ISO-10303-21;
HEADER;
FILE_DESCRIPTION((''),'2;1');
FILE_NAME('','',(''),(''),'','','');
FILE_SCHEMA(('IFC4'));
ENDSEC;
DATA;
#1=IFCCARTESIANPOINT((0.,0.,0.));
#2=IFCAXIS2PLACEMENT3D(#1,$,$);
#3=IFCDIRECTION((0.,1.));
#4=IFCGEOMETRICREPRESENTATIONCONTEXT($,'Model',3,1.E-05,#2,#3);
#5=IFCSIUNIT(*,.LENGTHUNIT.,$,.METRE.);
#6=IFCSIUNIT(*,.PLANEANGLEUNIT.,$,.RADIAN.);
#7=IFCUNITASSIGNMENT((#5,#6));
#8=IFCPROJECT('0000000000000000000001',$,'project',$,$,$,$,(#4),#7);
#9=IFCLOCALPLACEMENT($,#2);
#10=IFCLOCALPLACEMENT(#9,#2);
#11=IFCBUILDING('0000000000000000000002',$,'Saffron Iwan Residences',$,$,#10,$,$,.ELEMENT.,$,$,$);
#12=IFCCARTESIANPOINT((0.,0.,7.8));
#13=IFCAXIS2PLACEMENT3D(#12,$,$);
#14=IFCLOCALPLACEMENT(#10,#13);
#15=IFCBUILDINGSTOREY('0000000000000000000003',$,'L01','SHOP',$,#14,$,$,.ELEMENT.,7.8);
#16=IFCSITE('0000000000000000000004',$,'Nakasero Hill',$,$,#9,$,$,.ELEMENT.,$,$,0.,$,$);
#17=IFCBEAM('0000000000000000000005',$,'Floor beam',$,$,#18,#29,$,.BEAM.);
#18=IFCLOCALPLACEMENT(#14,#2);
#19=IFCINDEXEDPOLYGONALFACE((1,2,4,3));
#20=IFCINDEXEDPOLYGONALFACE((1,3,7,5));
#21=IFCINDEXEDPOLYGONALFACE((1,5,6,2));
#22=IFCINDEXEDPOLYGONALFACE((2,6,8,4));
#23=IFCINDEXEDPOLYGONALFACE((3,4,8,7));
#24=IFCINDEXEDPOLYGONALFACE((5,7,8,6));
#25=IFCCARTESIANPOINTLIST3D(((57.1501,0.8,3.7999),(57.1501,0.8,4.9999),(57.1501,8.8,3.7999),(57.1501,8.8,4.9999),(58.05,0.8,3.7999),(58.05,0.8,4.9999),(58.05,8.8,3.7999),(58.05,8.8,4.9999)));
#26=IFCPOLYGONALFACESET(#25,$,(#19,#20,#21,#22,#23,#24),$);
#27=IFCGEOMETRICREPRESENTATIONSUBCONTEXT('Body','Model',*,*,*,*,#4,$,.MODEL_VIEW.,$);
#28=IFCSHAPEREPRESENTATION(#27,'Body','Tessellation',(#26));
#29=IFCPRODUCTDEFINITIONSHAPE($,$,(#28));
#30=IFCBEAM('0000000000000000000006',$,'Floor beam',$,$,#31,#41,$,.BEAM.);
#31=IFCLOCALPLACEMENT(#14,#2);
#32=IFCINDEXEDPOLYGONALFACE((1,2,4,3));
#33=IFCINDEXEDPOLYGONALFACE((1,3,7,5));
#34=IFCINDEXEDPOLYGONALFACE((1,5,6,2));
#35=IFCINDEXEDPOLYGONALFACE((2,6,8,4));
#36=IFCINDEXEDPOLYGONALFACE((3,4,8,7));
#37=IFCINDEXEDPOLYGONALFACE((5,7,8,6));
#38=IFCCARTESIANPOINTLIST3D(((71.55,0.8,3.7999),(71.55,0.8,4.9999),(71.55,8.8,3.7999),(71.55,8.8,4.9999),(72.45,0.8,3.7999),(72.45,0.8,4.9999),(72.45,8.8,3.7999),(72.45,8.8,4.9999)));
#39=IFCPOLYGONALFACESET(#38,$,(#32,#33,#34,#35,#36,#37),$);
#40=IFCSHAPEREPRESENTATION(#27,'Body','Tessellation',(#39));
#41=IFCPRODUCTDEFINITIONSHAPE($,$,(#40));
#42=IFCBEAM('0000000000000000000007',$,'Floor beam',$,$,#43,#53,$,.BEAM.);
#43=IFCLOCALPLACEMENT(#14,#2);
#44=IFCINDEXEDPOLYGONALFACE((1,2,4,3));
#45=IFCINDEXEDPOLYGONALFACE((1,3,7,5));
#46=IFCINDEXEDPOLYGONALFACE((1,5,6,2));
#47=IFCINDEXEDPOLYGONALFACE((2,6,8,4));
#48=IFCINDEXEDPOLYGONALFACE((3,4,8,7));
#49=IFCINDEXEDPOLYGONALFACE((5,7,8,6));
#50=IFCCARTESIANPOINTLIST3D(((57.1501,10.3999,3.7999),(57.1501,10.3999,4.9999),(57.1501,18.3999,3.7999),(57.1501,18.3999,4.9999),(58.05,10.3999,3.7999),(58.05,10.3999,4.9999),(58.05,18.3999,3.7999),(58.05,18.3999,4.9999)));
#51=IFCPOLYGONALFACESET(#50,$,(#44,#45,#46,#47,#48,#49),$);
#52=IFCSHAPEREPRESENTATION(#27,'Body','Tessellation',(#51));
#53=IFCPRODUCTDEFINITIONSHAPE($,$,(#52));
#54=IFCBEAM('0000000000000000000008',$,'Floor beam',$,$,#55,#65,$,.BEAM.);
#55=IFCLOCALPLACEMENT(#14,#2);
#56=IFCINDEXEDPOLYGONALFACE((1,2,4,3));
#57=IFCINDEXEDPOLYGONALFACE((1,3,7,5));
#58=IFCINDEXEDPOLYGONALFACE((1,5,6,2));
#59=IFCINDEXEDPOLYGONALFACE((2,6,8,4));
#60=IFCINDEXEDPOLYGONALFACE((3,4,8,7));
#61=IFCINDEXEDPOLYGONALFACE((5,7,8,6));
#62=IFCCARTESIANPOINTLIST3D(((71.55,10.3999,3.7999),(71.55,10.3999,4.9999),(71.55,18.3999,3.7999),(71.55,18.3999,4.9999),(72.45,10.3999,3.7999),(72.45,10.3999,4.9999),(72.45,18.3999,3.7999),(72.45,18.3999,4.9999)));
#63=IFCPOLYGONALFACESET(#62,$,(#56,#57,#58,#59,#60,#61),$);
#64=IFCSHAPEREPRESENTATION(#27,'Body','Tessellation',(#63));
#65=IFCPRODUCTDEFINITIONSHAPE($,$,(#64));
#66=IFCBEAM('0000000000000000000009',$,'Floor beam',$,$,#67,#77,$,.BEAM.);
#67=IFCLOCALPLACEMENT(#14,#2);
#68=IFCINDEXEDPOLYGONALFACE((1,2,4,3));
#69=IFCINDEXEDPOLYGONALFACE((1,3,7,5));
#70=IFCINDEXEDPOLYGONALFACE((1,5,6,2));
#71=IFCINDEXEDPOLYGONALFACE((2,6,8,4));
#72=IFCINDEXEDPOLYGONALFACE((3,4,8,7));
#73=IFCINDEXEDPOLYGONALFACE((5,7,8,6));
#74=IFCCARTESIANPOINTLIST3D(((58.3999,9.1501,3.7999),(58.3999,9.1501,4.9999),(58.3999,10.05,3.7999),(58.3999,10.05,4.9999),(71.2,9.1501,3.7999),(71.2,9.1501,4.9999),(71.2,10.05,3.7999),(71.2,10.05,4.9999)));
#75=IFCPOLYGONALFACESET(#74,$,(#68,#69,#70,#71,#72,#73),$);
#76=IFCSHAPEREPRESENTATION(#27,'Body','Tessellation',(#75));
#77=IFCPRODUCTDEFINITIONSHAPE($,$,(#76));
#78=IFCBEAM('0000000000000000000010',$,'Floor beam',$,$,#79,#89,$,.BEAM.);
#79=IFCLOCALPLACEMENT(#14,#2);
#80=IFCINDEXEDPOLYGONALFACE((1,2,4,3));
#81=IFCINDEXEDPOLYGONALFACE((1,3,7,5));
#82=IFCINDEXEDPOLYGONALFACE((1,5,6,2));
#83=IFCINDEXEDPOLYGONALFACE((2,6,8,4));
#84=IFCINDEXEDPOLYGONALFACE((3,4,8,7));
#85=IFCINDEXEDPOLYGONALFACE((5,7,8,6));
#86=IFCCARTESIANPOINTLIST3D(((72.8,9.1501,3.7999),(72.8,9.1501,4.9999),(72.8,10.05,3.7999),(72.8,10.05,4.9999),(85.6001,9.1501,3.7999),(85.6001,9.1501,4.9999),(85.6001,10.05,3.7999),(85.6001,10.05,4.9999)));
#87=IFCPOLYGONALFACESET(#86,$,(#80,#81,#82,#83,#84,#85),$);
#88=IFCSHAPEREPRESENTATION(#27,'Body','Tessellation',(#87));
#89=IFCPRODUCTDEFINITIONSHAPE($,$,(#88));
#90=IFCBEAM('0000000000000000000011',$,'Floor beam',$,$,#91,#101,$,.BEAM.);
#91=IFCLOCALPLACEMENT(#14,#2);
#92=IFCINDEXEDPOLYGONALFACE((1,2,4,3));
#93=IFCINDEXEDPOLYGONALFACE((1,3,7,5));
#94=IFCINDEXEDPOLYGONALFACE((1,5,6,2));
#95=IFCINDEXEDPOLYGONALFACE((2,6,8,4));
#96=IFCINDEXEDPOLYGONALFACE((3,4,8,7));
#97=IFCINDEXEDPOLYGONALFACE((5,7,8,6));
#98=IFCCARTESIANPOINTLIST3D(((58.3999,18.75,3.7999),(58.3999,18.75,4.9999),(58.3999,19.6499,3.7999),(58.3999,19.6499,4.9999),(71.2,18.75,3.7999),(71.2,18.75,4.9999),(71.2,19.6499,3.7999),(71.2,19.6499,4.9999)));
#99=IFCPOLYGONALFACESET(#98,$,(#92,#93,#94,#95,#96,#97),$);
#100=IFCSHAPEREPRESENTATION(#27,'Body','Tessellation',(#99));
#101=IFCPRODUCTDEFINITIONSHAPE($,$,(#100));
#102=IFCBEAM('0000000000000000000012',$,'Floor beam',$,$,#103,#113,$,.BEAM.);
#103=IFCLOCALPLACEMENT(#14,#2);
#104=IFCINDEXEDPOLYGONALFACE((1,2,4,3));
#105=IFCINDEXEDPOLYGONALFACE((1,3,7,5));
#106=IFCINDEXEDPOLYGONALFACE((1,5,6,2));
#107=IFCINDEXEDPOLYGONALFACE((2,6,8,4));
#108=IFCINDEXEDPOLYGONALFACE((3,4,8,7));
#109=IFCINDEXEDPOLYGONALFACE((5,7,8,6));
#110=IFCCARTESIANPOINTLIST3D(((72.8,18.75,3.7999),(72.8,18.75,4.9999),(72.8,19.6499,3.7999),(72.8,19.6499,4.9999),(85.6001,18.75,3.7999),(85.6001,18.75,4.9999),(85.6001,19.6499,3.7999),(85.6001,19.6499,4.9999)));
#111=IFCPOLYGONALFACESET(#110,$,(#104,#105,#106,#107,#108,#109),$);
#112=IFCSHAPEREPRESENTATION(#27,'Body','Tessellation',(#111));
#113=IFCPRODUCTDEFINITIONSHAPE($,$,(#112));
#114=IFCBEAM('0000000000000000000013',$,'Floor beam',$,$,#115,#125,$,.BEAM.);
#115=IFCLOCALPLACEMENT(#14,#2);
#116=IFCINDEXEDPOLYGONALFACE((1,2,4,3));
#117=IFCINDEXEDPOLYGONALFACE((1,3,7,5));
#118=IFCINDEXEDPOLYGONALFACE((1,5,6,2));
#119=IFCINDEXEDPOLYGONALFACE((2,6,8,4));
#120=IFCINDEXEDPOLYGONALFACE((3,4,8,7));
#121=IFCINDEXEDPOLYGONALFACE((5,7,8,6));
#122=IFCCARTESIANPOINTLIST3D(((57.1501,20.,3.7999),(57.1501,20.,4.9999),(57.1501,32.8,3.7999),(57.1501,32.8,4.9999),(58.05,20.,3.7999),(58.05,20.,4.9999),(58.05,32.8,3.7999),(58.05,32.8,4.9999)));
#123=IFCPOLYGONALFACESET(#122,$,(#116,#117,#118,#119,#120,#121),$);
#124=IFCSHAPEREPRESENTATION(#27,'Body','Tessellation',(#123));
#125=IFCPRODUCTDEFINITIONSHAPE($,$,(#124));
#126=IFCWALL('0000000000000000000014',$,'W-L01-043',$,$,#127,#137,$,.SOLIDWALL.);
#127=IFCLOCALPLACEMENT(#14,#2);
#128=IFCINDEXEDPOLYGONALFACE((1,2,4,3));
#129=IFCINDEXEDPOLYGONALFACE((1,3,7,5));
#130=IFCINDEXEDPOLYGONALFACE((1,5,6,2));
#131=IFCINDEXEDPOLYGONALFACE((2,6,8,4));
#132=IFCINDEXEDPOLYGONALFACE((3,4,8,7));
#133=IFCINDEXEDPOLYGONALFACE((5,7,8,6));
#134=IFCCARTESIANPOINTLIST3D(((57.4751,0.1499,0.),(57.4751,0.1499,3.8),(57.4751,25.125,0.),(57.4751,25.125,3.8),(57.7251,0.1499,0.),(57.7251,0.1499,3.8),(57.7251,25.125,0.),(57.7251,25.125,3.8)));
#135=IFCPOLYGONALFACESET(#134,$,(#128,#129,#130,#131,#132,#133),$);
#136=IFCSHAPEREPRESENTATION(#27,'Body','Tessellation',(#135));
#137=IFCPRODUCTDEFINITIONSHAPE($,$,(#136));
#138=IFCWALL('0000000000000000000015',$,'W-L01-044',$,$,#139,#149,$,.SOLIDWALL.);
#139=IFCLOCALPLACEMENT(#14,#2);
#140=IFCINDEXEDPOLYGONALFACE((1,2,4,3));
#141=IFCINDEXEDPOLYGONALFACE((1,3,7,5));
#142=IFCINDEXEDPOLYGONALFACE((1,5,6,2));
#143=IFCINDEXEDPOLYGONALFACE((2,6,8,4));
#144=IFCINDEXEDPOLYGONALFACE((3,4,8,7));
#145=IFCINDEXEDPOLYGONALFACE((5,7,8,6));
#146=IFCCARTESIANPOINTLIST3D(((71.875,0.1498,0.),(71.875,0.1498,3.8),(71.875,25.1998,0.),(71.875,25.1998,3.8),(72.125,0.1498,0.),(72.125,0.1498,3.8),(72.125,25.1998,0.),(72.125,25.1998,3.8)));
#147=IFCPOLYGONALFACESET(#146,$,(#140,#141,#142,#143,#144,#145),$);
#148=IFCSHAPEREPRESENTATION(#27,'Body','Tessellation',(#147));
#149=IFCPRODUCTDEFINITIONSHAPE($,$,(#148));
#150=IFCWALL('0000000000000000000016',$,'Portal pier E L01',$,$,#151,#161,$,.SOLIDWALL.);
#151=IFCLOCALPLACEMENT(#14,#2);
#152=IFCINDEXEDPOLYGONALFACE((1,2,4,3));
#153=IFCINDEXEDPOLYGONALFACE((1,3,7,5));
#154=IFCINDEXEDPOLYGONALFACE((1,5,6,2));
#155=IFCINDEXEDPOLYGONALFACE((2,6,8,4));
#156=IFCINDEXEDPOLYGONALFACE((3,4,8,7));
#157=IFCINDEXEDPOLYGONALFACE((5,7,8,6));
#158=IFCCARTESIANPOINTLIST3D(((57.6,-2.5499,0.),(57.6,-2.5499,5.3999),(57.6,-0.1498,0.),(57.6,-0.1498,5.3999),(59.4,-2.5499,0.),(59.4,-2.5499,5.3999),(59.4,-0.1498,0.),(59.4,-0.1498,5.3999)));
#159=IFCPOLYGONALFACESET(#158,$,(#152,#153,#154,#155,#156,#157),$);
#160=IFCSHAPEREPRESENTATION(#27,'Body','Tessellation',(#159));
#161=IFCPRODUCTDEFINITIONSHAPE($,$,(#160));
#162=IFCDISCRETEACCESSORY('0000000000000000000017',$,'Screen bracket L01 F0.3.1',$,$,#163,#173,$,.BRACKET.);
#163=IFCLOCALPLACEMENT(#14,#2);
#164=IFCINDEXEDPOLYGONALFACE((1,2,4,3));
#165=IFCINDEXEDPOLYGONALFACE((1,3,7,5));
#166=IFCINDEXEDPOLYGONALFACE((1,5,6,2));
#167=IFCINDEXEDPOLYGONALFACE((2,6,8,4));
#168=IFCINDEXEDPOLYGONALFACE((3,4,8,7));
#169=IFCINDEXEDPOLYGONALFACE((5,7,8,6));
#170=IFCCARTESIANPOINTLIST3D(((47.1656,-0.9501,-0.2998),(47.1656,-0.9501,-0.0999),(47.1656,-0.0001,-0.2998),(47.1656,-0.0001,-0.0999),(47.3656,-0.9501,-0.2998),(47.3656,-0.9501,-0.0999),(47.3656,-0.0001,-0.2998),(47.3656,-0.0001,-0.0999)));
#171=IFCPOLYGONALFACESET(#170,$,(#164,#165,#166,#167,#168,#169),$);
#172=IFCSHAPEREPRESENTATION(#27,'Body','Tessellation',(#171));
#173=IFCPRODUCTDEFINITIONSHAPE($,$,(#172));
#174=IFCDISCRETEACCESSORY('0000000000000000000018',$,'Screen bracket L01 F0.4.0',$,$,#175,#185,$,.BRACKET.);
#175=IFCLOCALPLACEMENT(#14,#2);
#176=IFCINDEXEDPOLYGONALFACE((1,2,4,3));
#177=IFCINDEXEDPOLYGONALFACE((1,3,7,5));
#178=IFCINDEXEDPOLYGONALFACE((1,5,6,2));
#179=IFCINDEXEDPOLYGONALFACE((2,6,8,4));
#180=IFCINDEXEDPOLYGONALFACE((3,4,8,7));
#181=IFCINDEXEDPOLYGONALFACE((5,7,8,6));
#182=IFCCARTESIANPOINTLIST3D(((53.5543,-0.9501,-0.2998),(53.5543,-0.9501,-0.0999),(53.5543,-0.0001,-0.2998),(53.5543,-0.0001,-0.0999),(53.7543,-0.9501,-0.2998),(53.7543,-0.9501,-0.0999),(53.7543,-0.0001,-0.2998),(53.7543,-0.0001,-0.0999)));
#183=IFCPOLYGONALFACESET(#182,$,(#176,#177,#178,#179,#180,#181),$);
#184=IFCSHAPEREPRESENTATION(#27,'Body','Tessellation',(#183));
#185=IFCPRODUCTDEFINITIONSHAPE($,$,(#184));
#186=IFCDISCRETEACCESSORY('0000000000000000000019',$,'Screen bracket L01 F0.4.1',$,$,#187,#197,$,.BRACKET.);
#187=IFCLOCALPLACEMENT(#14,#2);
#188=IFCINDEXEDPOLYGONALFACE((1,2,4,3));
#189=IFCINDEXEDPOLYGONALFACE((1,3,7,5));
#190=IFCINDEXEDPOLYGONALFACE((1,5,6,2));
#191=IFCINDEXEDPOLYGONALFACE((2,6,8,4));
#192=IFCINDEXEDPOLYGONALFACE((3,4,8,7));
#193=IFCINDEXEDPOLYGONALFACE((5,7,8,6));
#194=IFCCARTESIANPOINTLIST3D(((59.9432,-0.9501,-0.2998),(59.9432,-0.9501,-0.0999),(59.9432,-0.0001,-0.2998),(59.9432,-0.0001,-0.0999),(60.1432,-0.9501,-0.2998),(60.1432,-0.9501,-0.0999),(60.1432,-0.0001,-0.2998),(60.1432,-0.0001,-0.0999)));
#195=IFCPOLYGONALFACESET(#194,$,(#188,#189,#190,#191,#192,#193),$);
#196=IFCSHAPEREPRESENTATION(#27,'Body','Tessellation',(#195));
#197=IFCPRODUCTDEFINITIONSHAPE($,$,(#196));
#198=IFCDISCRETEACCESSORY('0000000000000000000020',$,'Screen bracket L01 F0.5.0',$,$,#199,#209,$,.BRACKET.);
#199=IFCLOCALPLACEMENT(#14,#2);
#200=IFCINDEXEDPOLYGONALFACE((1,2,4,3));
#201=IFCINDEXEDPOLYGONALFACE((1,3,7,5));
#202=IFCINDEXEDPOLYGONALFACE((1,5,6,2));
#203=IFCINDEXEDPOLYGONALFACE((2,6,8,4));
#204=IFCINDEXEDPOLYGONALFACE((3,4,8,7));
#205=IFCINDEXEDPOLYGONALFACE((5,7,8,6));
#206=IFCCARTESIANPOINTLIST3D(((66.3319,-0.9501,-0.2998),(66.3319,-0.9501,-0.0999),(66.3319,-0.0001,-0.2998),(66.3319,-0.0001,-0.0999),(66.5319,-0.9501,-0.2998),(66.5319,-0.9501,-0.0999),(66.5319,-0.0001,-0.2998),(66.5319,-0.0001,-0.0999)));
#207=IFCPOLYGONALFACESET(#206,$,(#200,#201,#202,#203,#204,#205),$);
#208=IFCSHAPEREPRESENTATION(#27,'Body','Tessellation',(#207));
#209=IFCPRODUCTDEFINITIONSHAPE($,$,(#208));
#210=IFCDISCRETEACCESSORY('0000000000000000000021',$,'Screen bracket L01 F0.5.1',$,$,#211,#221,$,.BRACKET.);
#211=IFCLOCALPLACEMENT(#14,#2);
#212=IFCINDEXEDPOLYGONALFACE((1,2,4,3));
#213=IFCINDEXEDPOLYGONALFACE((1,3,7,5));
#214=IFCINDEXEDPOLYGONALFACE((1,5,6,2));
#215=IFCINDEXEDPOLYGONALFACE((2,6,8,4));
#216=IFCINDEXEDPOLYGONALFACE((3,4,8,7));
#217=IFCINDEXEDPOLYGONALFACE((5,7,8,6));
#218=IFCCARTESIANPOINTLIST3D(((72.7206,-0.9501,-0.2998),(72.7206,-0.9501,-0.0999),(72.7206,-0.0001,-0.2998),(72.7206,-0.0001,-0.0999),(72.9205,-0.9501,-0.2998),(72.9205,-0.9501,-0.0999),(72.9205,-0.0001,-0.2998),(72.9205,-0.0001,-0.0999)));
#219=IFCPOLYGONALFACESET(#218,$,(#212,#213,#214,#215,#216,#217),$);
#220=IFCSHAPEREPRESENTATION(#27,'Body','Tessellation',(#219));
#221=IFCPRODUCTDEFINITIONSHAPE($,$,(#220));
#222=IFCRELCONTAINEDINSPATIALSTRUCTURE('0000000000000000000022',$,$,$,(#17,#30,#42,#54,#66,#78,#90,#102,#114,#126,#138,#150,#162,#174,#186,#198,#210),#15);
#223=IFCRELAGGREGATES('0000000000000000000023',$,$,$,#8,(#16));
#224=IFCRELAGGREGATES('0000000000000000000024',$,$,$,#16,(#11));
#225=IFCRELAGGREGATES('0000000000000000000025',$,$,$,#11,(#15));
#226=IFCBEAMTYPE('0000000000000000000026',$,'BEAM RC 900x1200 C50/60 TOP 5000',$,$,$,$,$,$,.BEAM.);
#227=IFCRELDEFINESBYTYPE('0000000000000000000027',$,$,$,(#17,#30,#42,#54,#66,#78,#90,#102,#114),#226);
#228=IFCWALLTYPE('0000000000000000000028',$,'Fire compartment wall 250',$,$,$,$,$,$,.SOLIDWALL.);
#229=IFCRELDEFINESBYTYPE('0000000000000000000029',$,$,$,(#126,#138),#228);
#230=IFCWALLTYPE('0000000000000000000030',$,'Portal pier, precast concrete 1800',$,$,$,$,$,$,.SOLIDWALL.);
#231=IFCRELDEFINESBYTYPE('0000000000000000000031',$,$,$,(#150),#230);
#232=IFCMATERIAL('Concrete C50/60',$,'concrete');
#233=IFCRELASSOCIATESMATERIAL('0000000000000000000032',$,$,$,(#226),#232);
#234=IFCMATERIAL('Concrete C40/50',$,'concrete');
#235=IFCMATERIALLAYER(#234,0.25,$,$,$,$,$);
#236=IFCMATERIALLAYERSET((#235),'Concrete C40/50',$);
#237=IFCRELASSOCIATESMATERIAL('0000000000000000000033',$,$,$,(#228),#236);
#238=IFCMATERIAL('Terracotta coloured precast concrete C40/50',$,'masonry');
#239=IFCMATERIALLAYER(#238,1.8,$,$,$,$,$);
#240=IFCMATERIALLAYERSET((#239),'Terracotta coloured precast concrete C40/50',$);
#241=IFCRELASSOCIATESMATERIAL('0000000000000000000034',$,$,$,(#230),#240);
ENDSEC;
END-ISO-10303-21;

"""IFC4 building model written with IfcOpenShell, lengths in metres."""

from ifc_helpers import new_model, si_unit, direction, frame, frame_2d, origin, origin_2d, place, context, subcontext, project, spatial, rectangle, extrude, source, transform, mapped, material, layer, layer_set, material_profile, profile_set, type_object, element, save


model = new_model("IFC4")

# Units and contexts
model_context = context("Model", 3, precision=1e-05, world=origin(), true_north=direction((0.0, 1.0)))
body_context = subcontext(model_context, "Body", "Model", "MODEL_VIEW")
ifc_project = project(units=[si_unit("LENGTHUNIT", "METRE"), si_unit("PLANEANGLEUNIT", "RADIAN")], contexts=[model_context])

# Site, building, storey
site_placement = place(None, origin())
site = spatial("IfcSite", under=ifc_project, at=site_placement, Name="Nakasero Hill", CompositionType="ELEMENT", RefElevation=0.0)
building_placement = place(site_placement, origin())
building = spatial("IfcBuilding", under=site, at=building_placement, Name="Saffron Iwan Residences", CompositionType="ELEMENT")
storey_placement = place(building_placement, frame((0.0, 0.0, 7.8)))
storey = spatial("IfcBuildingStorey", under=building, at=storey_placement, Name="L01", Description="SHOP", CompositionType="ELEMENT", Elevation=7.8)

# Shared definitions
ifc_material_1 = material(Name="Concrete C50/60", Category="concrete")

# Beams
ifc_material_profile_1 = material_profile(ifc_material_1, rectangle(XDim=0.8999, YDim=1.2, at=origin_2d()), Name="RC 900x1200")
ifc_profile_set_1 = profile_set([ifc_material_profile_1], Name="Concrete C50/60")
beam_type_1 = type_object("IfcBeamType", Name="BEAM RC 900x1200 C50/60 TOP 5000", PredefinedType="BEAM", material=ifc_profile_set_1)
shared_shape_1 = source(origin(), body_context, "Body", "SweptSolid", [
    extrude(rectangle(XDim=0.8999, YDim=1.2, at=origin_2d()), origin(), (0.0, 0.0, 1.0), 8.0),
])
for number, where, z_axis, x_axis, name in (
    (1, (57.6001, 0.8, 4.3999), (0.0, 1.0, 0.0), (-1.0, 0.0, 0.0), "Floor beam"),
    (2, (72.0, 0.8, 4.3999), (0.0, 1.0, 0.0), (-1.0, 0.0, 0.0), "Floor beam"),
    (3, (57.6001, 10.3999, 4.3999), (0.0, 1.0, 0.0), (-1.0, 0.0, 0.0), "Floor beam"),
    (4, (72.0, 10.3999, 4.3999), (0.0, 1.0, 0.0), (-1.0, 0.0, 0.0), "Floor beam"),
):
    element("IfcBeam", number, at=place(storey_placement, frame(where, z_axis=z_axis, x_axis=x_axis)), inside=storey, type_object=beam_type_1, Name=name, PredefinedType="BEAM", context=body_context, shape_type="MappedRepresentation", body=[
        mapped(shared_shape_1, transform((0.0, 0.0, 0.0))),
    ])
shared_shape_2 = source(origin(), body_context, "Body", "SweptSolid", [
    extrude(rectangle(XDim=0.8999, YDim=1.2, at=origin_2d()), origin(), (0.0, 0.0, 1.0), 12.8),
])
for number, where, z_axis, x_axis, name in (
    (5, (58.3999, 9.6001, 4.3999), (1.0, 0.0, 0.0), (0.0, 1.0, 0.0), "Floor beam"),
    (6, (72.8, 9.6001, 4.3999), (1.0, 0.0, 0.0), (0.0, 1.0, 0.0), "Floor beam"),
    (7, (58.3999, 19.2, 4.3999), (1.0, 0.0, 0.0), (0.0, 1.0, 0.0), "Floor beam"),
    (8, (72.8, 19.2, 4.3999), (1.0, 0.0, 0.0), (0.0, 1.0, 0.0), "Floor beam"),
    (9, (57.6001, 20.0, 4.3999), (0.0, 1.0, 0.0), (-1.0, 0.0, 0.0), "Floor beam"),
):
    element("IfcBeam", number, at=place(storey_placement, frame(where, z_axis=z_axis, x_axis=x_axis)), inside=storey, type_object=beam_type_1, Name=name, PredefinedType="BEAM", context=body_context, shape_type="MappedRepresentation", body=[
        mapped(shared_shape_2, transform((0.0, 0.0, 0.0))),
    ])

# Walls
ifc_material_2 = material(Name="Concrete C40/50", Category="concrete")
ifc_layer_1 = layer(ifc_material_2, 0.25)
ifc_layer_set_1 = layer_set([ifc_layer_1], Name="Concrete C40/50")
wall_type_1 = type_object("IfcWallType", Name="Fire compartment wall 250", PredefinedType="SOLIDWALL", material=ifc_layer_set_1)
wall_1_placement = place(storey_placement, frame((57.6001, 0.1499, 0.0), z_axis=(0.0, 0.0, 1.0), x_axis=(0.0, 1.0, 0.0)))
element("IfcWall", 10, at=wall_1_placement, inside=storey, type_object=wall_type_1, Name="W-L01-043", PredefinedType="SOLIDWALL", context=body_context, shape_type="SweptSolid", body=[
    extrude(rectangle(XDim=24.9751, YDim=0.25, at=frame_2d((12.4875, 0.0))), origin(), (0.0, 0.0, 1.0), 3.8),
])
wall_2_placement = place(storey_placement, frame((72.0, 0.1499, 0.0), z_axis=(0.0, 0.0, 1.0), x_axis=(0.0, 1.0, 0.0)))
element("IfcWall", 11, at=wall_2_placement, inside=storey, type_object=wall_type_1, Name="W-L01-044", PredefinedType="SOLIDWALL", context=body_context, shape_type="SweptSolid", body=[
    extrude(rectangle(XDim=25.05, YDim=0.25, at=frame_2d((12.5249, 0.0))), origin(), (0.0, 0.0, 1.0), 3.8),
])
ifc_material_3 = material(Name="Terracotta coloured precast concrete C40/50", Category="masonry")
ifc_layer_2 = layer(ifc_material_3, 1.8)
ifc_layer_set_2 = layer_set([ifc_layer_2], Name="Terracotta coloured precast concrete C40/50")
wall_type_2 = type_object("IfcWallType", Name="Portal pier, precast concrete 1800", PredefinedType="SOLIDWALL", material=ifc_layer_set_2)
wall_3_placement = place(storey_placement, frame((58.5, -2.55, 0.0), z_axis=(0.0, 0.0, 1.0), x_axis=(0.0, 1.0, 0.0)))
element("IfcWall", 12, at=wall_3_placement, inside=storey, type_object=wall_type_2, Name="Portal pier E L01", PredefinedType="SOLIDWALL", context=body_context, shape_type="SweptSolid", body=[
    extrude(rectangle(XDim=2.4001, YDim=1.8, at=frame_2d((1.2002, 0.0))), origin(), (0.0, 0.0, 1.0), 5.3999),
])

# Discrete accessories
shared_shape_3 = source(origin(), body_context, "Body", "SweptSolid", [
    extrude(rectangle(XDim=0.95, YDim=0.2, at=origin_2d()), origin(), (0.0, 0.0, 1.0), 0.2),
])
for number, where, z_axis, x_axis, name in (
    (13, (47.2656, -0.4751, -0.2998), (0.0, 0.0, 1.0), (0.0, -1.0, 0.0), "Screen bracket L01 F0.3.1"),
    (14, (53.6543, -0.4751, -0.2998), (0.0, 0.0, 1.0), (0.0, -1.0, 0.0), "Screen bracket L01 F0.4.0"),
    (15, (60.0432, -0.4751, -0.2998), (0.0, 0.0, 1.0), (0.0, -1.0, 0.0), "Screen bracket L01 F0.4.1"),
    (16, (66.4319, -0.4751, -0.2998), (0.0, 0.0, 1.0), (0.0, -1.0, 0.0), "Screen bracket L01 F0.5.0"),
    (17, (72.8206, -0.4751, -0.2998), (0.0, 0.0, 1.0), (0.0, -1.0, 0.0), "Screen bracket L01 F0.5.1"),
):
    element("IfcDiscreteAccessory", number, at=place(storey_placement, frame(where, z_axis=z_axis, x_axis=x_axis)), inside=storey, Name=name, PredefinedType="BRACKET", context=body_context, shape_type="MappedRepresentation", body=[
        mapped(shared_shape_3, transform((0.0, 0.0, 0.0))),
    ])

save(model, "model.ifc")
